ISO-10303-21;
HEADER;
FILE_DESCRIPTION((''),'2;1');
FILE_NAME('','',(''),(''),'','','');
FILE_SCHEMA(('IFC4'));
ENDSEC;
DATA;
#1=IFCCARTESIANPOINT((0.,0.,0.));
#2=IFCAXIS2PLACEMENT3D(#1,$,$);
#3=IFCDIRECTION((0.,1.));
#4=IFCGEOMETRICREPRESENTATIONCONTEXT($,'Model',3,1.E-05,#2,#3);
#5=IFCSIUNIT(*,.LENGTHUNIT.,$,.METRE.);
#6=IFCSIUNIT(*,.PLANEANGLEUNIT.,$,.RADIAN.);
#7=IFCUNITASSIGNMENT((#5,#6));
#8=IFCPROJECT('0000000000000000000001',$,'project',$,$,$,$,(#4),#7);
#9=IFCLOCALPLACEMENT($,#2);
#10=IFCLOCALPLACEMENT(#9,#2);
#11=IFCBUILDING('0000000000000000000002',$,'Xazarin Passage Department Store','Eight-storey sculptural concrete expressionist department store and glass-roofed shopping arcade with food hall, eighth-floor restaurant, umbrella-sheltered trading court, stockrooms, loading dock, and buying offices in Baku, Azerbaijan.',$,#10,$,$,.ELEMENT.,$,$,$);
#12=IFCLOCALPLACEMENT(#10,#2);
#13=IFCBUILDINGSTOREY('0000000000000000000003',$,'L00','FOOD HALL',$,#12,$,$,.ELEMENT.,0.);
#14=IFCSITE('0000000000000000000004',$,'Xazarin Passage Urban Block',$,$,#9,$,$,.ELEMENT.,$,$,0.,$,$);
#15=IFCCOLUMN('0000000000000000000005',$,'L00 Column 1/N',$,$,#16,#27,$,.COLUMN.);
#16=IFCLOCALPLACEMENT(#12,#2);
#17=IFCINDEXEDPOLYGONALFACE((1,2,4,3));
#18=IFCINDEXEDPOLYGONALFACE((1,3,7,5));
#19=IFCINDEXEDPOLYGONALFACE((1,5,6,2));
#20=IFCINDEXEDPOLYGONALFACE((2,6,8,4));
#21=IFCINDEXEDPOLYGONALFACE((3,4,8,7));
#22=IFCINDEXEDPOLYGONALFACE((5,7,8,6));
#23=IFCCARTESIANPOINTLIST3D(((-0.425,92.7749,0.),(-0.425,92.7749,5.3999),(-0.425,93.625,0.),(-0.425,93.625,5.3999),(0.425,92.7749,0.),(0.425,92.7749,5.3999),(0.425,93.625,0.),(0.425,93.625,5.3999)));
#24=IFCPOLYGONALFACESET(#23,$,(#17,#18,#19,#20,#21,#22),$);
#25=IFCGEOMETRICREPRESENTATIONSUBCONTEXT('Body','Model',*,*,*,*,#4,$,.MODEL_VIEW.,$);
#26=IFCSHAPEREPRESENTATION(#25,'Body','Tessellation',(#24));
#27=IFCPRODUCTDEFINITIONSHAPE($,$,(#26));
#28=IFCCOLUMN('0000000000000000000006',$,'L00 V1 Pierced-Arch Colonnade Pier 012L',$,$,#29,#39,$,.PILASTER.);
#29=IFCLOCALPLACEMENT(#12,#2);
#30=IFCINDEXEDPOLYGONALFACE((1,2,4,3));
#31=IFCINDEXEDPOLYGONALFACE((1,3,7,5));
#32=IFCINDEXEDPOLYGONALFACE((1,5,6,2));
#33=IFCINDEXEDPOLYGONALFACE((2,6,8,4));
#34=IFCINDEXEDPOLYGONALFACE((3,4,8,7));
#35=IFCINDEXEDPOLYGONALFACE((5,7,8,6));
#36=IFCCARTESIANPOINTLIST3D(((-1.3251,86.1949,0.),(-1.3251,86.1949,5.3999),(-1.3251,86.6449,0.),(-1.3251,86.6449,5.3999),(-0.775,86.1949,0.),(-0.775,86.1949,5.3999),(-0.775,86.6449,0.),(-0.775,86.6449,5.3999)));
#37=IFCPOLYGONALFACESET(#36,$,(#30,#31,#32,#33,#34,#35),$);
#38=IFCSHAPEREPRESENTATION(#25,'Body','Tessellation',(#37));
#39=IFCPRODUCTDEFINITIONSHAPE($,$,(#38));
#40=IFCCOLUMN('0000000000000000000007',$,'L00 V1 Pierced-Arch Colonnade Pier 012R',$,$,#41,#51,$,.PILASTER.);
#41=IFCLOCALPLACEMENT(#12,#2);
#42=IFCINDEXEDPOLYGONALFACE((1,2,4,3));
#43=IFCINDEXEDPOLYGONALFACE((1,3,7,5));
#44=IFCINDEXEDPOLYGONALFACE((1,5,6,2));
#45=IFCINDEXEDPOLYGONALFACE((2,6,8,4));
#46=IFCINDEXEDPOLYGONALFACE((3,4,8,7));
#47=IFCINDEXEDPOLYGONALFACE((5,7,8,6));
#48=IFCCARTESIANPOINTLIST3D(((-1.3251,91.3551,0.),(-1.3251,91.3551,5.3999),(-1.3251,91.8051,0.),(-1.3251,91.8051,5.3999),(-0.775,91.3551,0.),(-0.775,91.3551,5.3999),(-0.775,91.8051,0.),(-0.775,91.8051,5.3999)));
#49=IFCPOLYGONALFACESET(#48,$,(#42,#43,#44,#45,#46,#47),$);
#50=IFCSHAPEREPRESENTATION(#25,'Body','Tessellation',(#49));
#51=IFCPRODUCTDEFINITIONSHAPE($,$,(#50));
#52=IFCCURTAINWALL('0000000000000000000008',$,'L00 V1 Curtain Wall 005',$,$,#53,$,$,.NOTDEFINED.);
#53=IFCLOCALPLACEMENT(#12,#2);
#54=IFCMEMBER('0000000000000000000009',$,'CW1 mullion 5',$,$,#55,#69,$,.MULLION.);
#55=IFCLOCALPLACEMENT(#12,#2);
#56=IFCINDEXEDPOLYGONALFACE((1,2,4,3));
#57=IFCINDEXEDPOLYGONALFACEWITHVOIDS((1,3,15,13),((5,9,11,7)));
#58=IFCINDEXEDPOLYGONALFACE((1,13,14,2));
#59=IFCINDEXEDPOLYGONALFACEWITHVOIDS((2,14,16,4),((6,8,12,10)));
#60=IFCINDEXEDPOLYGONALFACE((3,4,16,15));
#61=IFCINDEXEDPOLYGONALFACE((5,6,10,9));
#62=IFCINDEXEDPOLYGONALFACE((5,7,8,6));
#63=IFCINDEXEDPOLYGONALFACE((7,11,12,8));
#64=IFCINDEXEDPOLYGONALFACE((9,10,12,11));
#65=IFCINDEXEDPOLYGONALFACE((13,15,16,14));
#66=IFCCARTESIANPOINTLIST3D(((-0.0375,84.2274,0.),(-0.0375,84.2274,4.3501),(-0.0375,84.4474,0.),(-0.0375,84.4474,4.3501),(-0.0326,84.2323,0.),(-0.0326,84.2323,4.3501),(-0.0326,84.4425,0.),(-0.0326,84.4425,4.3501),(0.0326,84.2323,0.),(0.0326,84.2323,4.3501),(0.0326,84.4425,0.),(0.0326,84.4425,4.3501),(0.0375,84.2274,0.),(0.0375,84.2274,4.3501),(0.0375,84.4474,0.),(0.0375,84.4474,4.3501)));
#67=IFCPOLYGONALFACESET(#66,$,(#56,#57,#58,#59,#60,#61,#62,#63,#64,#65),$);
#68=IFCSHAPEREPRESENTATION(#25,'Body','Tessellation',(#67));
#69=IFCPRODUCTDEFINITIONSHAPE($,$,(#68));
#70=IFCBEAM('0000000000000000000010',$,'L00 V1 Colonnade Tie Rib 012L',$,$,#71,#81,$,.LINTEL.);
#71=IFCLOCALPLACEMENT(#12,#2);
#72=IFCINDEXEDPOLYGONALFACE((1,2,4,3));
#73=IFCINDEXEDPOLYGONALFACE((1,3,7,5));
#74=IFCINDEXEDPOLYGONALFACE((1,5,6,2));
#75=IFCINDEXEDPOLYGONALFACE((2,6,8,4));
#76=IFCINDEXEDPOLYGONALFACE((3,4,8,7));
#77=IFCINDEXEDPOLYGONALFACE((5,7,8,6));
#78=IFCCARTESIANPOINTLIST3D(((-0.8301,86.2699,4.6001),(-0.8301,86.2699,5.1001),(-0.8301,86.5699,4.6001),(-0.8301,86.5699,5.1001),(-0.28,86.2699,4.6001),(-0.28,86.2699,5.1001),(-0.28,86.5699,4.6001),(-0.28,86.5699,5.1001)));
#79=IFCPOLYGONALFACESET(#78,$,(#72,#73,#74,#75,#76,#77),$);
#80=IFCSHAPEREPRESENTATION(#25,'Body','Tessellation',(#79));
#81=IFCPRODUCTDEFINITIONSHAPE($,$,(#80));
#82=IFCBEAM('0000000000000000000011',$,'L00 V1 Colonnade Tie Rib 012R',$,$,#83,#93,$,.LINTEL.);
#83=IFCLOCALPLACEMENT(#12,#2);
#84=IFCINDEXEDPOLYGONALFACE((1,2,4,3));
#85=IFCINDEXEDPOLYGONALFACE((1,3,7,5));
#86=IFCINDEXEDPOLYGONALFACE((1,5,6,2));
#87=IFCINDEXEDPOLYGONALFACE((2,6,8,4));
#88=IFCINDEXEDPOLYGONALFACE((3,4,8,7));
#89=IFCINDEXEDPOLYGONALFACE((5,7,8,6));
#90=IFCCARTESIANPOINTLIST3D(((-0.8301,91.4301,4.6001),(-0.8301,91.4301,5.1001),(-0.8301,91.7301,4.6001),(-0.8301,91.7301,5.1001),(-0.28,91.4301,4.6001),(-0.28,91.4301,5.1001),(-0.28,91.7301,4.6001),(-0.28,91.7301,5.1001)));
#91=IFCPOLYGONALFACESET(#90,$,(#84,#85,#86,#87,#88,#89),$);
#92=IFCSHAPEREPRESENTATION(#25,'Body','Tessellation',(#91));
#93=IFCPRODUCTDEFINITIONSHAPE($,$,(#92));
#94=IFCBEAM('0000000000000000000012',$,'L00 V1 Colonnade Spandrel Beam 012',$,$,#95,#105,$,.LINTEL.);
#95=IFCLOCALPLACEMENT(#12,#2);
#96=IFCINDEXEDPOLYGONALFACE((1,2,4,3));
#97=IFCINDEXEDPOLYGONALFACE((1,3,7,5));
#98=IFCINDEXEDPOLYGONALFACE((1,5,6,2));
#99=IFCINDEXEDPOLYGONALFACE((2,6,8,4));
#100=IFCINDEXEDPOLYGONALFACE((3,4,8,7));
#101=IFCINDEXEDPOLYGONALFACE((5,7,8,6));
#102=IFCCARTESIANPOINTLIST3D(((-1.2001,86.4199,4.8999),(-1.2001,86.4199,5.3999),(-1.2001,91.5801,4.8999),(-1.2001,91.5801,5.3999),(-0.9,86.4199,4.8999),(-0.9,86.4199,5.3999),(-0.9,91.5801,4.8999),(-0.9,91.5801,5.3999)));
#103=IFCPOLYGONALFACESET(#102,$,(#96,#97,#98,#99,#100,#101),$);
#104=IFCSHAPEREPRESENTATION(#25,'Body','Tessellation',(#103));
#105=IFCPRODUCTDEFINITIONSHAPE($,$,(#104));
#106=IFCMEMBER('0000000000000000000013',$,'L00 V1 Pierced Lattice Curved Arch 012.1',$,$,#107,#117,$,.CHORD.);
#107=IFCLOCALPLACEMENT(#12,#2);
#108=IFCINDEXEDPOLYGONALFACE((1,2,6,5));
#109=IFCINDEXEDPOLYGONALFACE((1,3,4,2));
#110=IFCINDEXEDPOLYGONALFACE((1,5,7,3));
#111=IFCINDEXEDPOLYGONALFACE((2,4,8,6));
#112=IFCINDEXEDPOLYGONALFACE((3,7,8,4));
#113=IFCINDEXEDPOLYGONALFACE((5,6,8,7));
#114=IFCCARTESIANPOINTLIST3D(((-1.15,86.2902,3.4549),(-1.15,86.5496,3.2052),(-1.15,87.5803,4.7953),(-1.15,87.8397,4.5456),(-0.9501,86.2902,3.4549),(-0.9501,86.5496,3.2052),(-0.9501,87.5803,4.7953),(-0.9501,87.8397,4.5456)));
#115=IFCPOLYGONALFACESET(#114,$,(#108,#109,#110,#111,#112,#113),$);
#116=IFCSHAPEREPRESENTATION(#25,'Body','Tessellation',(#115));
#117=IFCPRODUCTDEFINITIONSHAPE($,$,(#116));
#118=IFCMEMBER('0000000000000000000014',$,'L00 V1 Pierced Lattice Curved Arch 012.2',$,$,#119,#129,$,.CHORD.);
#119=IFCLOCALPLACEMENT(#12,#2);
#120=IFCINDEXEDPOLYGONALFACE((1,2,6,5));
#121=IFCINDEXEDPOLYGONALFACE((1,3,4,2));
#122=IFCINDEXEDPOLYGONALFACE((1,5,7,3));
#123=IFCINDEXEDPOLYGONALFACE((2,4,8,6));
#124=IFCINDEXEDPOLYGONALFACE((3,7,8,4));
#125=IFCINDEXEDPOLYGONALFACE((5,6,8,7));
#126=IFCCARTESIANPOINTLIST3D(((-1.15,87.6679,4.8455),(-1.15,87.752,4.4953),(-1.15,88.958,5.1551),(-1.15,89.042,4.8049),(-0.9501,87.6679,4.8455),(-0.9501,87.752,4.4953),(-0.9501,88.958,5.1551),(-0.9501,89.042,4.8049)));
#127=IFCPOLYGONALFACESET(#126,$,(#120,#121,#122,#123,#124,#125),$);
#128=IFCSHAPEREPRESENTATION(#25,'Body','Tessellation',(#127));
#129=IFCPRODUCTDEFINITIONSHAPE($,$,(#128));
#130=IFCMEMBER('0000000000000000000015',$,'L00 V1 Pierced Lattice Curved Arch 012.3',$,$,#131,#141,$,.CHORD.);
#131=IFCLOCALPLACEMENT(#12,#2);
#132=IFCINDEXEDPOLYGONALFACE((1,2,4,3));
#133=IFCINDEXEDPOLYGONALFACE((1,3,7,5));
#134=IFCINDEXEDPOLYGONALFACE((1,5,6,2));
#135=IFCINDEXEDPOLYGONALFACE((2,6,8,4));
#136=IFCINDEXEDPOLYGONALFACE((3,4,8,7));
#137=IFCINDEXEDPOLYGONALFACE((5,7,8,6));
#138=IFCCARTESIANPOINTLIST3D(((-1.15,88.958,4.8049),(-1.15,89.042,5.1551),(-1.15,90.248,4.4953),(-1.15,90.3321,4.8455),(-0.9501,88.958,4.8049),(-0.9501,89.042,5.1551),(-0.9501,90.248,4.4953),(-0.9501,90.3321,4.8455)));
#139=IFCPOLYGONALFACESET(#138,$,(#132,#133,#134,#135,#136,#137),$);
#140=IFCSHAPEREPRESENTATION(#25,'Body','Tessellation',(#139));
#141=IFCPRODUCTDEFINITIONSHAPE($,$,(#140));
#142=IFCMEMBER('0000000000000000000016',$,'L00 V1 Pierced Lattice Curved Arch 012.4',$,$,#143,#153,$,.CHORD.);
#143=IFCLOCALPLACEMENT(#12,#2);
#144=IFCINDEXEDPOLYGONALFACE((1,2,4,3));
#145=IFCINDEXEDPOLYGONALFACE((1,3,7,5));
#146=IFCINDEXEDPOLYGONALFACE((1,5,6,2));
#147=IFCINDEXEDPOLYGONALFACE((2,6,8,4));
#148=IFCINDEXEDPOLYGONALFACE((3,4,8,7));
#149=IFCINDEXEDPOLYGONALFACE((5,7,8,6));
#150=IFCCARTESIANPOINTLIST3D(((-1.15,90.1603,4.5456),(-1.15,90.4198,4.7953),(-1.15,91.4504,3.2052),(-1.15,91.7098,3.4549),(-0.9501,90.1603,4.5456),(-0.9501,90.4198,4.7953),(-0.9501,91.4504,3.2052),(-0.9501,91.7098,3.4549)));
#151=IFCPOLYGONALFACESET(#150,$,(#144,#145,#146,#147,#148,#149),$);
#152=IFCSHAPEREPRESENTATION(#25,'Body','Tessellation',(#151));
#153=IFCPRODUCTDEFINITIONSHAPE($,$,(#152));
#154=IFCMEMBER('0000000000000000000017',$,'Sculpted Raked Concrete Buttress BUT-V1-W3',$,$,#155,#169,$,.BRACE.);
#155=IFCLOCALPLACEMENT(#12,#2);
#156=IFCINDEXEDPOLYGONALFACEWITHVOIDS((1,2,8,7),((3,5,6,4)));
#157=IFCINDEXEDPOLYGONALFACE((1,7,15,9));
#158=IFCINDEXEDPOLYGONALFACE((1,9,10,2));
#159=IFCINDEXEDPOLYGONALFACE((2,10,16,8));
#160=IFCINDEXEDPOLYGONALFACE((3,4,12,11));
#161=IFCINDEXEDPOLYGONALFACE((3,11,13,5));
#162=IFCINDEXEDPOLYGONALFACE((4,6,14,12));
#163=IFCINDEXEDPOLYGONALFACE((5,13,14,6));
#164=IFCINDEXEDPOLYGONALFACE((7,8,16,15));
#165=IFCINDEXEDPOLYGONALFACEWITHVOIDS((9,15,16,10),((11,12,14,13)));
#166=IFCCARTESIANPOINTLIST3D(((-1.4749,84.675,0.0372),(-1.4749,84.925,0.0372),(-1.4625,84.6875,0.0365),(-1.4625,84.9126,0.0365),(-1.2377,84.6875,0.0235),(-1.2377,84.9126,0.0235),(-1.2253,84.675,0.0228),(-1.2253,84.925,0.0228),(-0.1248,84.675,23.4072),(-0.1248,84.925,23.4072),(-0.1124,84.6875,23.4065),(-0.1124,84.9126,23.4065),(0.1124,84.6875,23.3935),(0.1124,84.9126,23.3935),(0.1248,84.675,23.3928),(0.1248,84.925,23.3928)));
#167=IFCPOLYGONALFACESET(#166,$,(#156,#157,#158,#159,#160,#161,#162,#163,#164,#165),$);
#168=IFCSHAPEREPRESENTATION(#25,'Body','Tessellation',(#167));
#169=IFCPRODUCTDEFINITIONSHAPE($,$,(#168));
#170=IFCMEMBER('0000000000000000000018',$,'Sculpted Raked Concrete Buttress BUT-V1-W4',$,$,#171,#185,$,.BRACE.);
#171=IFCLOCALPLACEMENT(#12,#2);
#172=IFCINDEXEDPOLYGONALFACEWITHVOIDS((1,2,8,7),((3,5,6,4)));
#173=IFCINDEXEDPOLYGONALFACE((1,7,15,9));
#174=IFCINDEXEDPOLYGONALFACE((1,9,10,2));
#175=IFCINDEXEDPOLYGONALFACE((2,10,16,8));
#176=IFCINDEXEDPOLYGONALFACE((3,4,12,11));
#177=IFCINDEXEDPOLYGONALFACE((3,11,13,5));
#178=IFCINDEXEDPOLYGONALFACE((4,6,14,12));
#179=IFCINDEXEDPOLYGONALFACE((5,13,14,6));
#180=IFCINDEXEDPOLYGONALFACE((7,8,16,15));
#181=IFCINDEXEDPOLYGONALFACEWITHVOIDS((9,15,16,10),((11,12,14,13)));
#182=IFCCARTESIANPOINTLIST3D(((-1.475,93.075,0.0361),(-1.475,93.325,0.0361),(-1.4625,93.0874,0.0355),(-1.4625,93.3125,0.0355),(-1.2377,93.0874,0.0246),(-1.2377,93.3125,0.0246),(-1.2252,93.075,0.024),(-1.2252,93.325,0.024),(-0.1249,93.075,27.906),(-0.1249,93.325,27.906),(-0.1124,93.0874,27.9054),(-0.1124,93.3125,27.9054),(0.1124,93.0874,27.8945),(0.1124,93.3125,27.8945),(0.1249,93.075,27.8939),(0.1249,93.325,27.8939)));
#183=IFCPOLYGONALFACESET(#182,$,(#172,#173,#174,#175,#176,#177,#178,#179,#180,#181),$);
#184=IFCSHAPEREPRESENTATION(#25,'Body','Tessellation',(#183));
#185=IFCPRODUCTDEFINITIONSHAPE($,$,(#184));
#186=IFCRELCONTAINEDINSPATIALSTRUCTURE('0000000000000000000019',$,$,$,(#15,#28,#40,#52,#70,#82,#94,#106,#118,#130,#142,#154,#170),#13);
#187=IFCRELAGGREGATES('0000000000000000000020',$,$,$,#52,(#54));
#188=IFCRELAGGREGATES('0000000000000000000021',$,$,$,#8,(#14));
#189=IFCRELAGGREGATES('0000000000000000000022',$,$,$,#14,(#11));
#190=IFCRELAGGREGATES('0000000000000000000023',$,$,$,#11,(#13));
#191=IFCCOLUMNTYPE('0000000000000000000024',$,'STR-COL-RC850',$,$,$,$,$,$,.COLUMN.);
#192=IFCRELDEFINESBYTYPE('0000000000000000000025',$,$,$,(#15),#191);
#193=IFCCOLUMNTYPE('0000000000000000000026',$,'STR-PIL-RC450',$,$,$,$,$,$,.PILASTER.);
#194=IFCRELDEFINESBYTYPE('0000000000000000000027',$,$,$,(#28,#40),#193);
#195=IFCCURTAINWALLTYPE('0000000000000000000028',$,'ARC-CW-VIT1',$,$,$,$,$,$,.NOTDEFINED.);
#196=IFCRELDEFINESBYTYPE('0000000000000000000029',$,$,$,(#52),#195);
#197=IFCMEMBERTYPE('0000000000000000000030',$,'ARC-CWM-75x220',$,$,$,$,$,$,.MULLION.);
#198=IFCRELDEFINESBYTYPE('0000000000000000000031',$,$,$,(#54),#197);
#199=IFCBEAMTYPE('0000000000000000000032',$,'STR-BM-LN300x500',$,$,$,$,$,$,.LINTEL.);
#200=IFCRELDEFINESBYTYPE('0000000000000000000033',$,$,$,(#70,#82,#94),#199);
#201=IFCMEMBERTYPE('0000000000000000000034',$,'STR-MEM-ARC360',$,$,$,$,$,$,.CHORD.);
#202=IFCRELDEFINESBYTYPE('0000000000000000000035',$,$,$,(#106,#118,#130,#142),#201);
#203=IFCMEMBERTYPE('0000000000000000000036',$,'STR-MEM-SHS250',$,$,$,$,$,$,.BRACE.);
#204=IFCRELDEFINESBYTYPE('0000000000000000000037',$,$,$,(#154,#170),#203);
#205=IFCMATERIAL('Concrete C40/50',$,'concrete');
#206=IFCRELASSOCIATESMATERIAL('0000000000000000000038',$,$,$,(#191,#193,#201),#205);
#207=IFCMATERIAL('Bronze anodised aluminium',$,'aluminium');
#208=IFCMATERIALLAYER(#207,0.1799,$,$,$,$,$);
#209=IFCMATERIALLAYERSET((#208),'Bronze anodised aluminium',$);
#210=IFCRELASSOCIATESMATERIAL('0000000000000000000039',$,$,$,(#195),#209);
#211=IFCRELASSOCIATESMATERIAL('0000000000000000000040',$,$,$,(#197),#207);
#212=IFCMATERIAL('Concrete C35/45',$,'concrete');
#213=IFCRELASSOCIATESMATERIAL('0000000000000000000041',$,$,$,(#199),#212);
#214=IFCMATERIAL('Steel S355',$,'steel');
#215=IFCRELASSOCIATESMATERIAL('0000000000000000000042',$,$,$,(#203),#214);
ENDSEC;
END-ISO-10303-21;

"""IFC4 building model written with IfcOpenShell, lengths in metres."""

from ifc_helpers import new_model, si_unit, direction, frame, origin, origin_2d, place, context, subcontext, project, spatial, rectangle, hollow_rectangle, extrude, material, layer, layer_set, material_profile, profile_set, type_object, element, aggregate, save


model = new_model("IFC4")

# Units and contexts
model_context = context("Model", 3, precision=1e-05, world=origin(), true_north=direction((0.0, 1.0)))
body_context = subcontext(model_context, "Body", "Model", "MODEL_VIEW")
ifc_project = project(units=[si_unit("LENGTHUNIT", "METRE"), si_unit("PLANEANGLEUNIT", "RADIAN")], contexts=[model_context])

# Site, building, storey
site_placement = place(None, origin())
site = spatial("IfcSite", under=ifc_project, at=site_placement, Name="Xazarin Passage Urban Block", CompositionType="ELEMENT", RefElevation=0.0)
building_placement = place(site_placement, origin())
building = spatial("IfcBuilding", under=site, at=building_placement, Name="Xazarin Passage Department Store", Description="Eight-storey sculptural concrete expressionist department store and glass-roofed shopping arcade with food hall, eighth-floor restaurant, umbrella-sheltered trading court, stockrooms, loading dock, and buying offices in Baku, Azerbaijan.", CompositionType="ELEMENT")
storey_placement = place(building_placement, origin())
storey = spatial("IfcBuildingStorey", under=building, at=storey_placement, Name="L00", Description="FOOD HALL", CompositionType="ELEMENT", Elevation=0.0)

# Shared definitions
ifc_material_1 = material(Name="Concrete C35/45", Category="concrete")

# Columns
ifc_material_2 = material(Name="Concrete C40/50", Category="concrete")
ifc_material_profile_1 = material_profile(ifc_material_2, rectangle(XDim=0.8501, YDim=0.8501, at=origin_2d()), Name="RC 850x850")
ifc_profile_set_1 = profile_set([ifc_material_profile_1], Name="Concrete C40/50")
column_type_1 = type_object("IfcColumnType", Name="STR-COL-RC850", PredefinedType="COLUMN", material=ifc_profile_set_1)
for number, where, z_axis, x_axis, name in (
    (1, (0.0, 93.2, 0.0), (0.0, 0.0, 1.0), (1.0, 0.0, 0.0), "L00 Column 1/N"),
):
    element("IfcColumn", number, at=place(storey_placement, frame(where, z_axis=z_axis, x_axis=x_axis)), inside=storey, type_object=column_type_1, Name=name, PredefinedType="COLUMN", context=body_context, shape_type="SweptSolid", body=[
        extrude(rectangle(XDim=0.8501, YDim=0.8501, at=origin_2d()), origin(), (0.0, 0.0, 1.0), 5.3999),
    ])
ifc_material_profile_2 = material_profile(ifc_material_2, rectangle(XDim=0.45, YDim=0.55, at=origin_2d()), Name="RC 450x550")
ifc_profile_set_2 = profile_set([ifc_material_profile_2], Name="Concrete C40/50")
column_type_2 = type_object("IfcColumnType", Name="STR-PIL-RC450", PredefinedType="PILASTER", material=ifc_profile_set_2)
for number, where, z_axis, x_axis, name in (
    (2, (-1.05, 86.4199, 0.0), (0.0, 0.0, 1.0), (0.0, 1.0, 0.0), "L00 V1 Pierced-Arch Colonnade Pier 012L"),
    (3, (-1.05, 91.5801, 0.0), (0.0, 0.0, 1.0), (0.0, 1.0, 0.0), "L00 V1 Pierced-Arch Colonnade Pier 012R"),
):
    element("IfcColumn", number, at=place(storey_placement, frame(where, z_axis=z_axis, x_axis=x_axis)), inside=storey, type_object=column_type_2, Name=name, PredefinedType="PILASTER", context=body_context, shape_type="SweptSolid", body=[
        extrude(rectangle(XDim=0.45, YDim=0.55, at=origin_2d()), origin(), (0.0, 0.0, 1.0), 5.3999),
    ])

# Curtain wall, member
ifc_material_3 = material(Name="Bronze anodised aluminium", Category="aluminium")
ifc_layer_1 = layer(ifc_material_3, 0.1799)
ifc_layer_set_1 = layer_set([ifc_layer_1], Name="Bronze anodised aluminium")
curtain_wall_type = type_object("IfcCurtainWallType", Name="ARC-CW-VIT1", PredefinedType="NOTDEFINED", material=ifc_layer_set_1)
curtain_wall_placement = place(storey_placement, origin())
curtain_wall = element("IfcCurtainWall", 4, at=curtain_wall_placement, inside=storey, type_object=curtain_wall_type, Name="L00 V1 Curtain Wall 005", PredefinedType="NOTDEFINED")
ifc_material_profile_3 = material_profile(ifc_material_3, hollow_rectangle(XDim=0.075, YDim=0.22, WallThickness=0.0049, at=origin_2d()), Name="ALU 75x220")
ifc_profile_set_3 = profile_set([ifc_material_profile_3], Name="Bronze anodised aluminium")
member_type_1 = type_object("IfcMemberType", Name="ARC-CWM-75x220", PredefinedType="MULLION", material=ifc_profile_set_3)
member_1_placement = place(storey_placement, frame((0.0, 84.3374, 0.0), z_axis=(0.0, 0.0, 1.0), x_axis=(-1.0, 0.0, 0.0)))
member_1 = element("IfcMember", 5, at=member_1_placement, type_object=member_type_1, Name="CW1 mullion 5", PredefinedType="MULLION", context=body_context, shape_type="SweptSolid", body=[
    extrude(hollow_rectangle(XDim=0.075, YDim=0.22, WallThickness=0.0049, at=origin_2d()), origin(), (0.0, 0.0, 1.0), 4.3501),
])
aggregate(curtain_wall, [member_1])

# Beams
ifc_material_profile_4 = material_profile(ifc_material_1, rectangle(XDim=0.3, YDim=0.5, at=origin_2d()), Name="RC 300x500")
ifc_profile_set_4 = profile_set([ifc_material_profile_4], Name="Concrete C35/45")
beam_type = type_object("IfcBeamType", Name="STR-BM-LN300x500", PredefinedType="LINTEL", material=ifc_profile_set_4)
for number, where, z_axis, x_axis, name in (
    (6, (-0.28, 86.4199, 4.8501), (-1.0, 0.0, 0.0), (0.0, -1.0, 0.0), "L00 V1 Colonnade Tie Rib 012L"),
    (7, (-0.28, 91.5801, 4.8501), (-1.0, 0.0, 0.0), (0.0, -1.0, 0.0), "L00 V1 Colonnade Tie Rib 012R"),
):
    element("IfcBeam", number, at=place(storey_placement, frame(where, z_axis=z_axis, x_axis=x_axis)), inside=storey, type_object=beam_type, Name=name, PredefinedType="LINTEL", context=body_context, shape_type="SweptSolid", body=[
        extrude(rectangle(XDim=0.3, YDim=0.5, at=origin_2d()), origin(), (0.0, 0.0, 1.0), 0.55),
    ])
beam_placement = place(storey_placement, frame((-1.05, 86.4199, 5.1499), z_axis=(0.0, 1.0, 0.0), x_axis=(-1.0, 0.0, 0.0)))
element("IfcBeam", 8, at=beam_placement, inside=storey, type_object=beam_type, Name="L00 V1 Colonnade Spandrel Beam 012", PredefinedType="LINTEL", context=body_context, shape_type="SweptSolid", body=[
    extrude(rectangle(XDim=0.3, YDim=0.5, at=origin_2d()), origin(), (0.0, 0.0, 1.0), 5.1602),
])

# Members
ifc_material_profile_5 = material_profile(ifc_material_2, rectangle(XDim=0.2, YDim=0.3601, at=origin_2d()), Name="RC 200x360")
ifc_profile_set_5 = profile_set([ifc_material_profile_5], Name="Concrete C40/50")
member_type_2 = type_object("IfcMemberType", Name="STR-MEM-ARC360", PredefinedType="CHORD", material=ifc_profile_set_5)
member_2_placement = place(storey_placement, frame((-1.05, 86.4199, 3.3301), z_axis=(0.0, 0.69346, 0.720495), x_axis=(-1.0, 0.0, 0.0)))
element("IfcMember", 9, at=member_2_placement, inside=storey, type_object=member_type_2, Name="L00 V1 Pierced Lattice Curved Arch 012.1", PredefinedType="CHORD", context=body_context, shape_type="SweptSolid", body=[
    extrude(rectangle(XDim=0.2, YDim=0.3601, at=origin_2d()), origin(), (0.0, 0.0, 1.0), 1.8604),
])
for number, where, z_axis, x_axis, name in (
    (10, (-1.05, 87.71, 4.6704), (0.0, 0.972394, 0.233345), (-1.0, 0.0, 0.0), "L00 V1 Pierced Lattice Curved Arch 012.2"),
    (11, (-1.05, 89.0, 4.98), (0.0, 0.972394, -0.233345), (-1.0, 0.0, 0.0), "L00 V1 Pierced Lattice Curved Arch 012.3"),
):
    element("IfcMember", number, at=place(storey_placement, frame(where, z_axis=z_axis, x_axis=x_axis)), inside=storey, type_object=member_type_2, Name=name, PredefinedType="CHORD", context=body_context, shape_type="SweptSolid", body=[
        extrude(rectangle(XDim=0.2, YDim=0.3601, at=origin_2d()), origin(), (0.0, 0.0, 1.0), 1.3267),
    ])
member_3_placement = place(storey_placement, frame((-1.05, 90.29, 4.6704), z_axis=(0.0, 0.69346, -0.720495), x_axis=(-1.0, 0.0, 0.0)))
element("IfcMember", 12, at=member_3_placement, inside=storey, type_object=member_type_2, Name="L00 V1 Pierced Lattice Curved Arch 012.4", PredefinedType="CHORD", context=body_context, shape_type="SweptSolid", body=[
    extrude(rectangle(XDim=0.2, YDim=0.3601, at=origin_2d()), origin(), (0.0, 0.0, 1.0), 1.8604),
])
ifc_material_4 = material(Name="Steel S355", Category="steel")
ifc_material_profile_6 = material_profile(ifc_material_4, hollow_rectangle(XDim=0.25, YDim=0.25, WallThickness=0.0125, at=origin_2d()), Name="SHS 250x250x12.5")
ifc_profile_set_6 = profile_set([ifc_material_profile_6], Name="Steel S355")
member_type_3 = type_object("IfcMemberType", Name="STR-MEM-SHS250", PredefinedType="BRACE", material=ifc_profile_set_6)
member_4_placement = place(storey_placement, frame((-1.3501, 84.8, 0.03), z_axis=(0.057675, 0.0, 0.998335), x_axis=(0.0, 1.0, 0.0)))
element("IfcMember", 13, at=member_4_placement, inside=storey, type_object=member_type_3, Name="Sculpted Raked Concrete Buttress BUT-V1-W3", PredefinedType="BRACE", context=body_context, shape_type="SweptSolid", body=[
    extrude(hollow_rectangle(XDim=0.25, YDim=0.25, WallThickness=0.0125, at=origin_2d()), origin(), (0.0, 0.0, 1.0), 23.4089),
])
member_5_placement = place(storey_placement, frame((-1.3501, 93.2, 0.03), z_axis=(0.048386, 0.0, 0.998829), x_axis=(0.0, 1.0, 0.0)))
element("IfcMember", 14, at=member_5_placement, inside=storey, type_object=member_type_3, Name="Sculpted Raked Concrete Buttress BUT-V1-W4", PredefinedType="BRACE", context=body_context, shape_type="SweptSolid", body=[
    extrude(hollow_rectangle(XDim=0.25, YDim=0.25, WallThickness=0.0125, at=origin_2d()), origin(), (0.0, 0.0, 1.0), 27.9026),
])

save(model, "model.ifc")
